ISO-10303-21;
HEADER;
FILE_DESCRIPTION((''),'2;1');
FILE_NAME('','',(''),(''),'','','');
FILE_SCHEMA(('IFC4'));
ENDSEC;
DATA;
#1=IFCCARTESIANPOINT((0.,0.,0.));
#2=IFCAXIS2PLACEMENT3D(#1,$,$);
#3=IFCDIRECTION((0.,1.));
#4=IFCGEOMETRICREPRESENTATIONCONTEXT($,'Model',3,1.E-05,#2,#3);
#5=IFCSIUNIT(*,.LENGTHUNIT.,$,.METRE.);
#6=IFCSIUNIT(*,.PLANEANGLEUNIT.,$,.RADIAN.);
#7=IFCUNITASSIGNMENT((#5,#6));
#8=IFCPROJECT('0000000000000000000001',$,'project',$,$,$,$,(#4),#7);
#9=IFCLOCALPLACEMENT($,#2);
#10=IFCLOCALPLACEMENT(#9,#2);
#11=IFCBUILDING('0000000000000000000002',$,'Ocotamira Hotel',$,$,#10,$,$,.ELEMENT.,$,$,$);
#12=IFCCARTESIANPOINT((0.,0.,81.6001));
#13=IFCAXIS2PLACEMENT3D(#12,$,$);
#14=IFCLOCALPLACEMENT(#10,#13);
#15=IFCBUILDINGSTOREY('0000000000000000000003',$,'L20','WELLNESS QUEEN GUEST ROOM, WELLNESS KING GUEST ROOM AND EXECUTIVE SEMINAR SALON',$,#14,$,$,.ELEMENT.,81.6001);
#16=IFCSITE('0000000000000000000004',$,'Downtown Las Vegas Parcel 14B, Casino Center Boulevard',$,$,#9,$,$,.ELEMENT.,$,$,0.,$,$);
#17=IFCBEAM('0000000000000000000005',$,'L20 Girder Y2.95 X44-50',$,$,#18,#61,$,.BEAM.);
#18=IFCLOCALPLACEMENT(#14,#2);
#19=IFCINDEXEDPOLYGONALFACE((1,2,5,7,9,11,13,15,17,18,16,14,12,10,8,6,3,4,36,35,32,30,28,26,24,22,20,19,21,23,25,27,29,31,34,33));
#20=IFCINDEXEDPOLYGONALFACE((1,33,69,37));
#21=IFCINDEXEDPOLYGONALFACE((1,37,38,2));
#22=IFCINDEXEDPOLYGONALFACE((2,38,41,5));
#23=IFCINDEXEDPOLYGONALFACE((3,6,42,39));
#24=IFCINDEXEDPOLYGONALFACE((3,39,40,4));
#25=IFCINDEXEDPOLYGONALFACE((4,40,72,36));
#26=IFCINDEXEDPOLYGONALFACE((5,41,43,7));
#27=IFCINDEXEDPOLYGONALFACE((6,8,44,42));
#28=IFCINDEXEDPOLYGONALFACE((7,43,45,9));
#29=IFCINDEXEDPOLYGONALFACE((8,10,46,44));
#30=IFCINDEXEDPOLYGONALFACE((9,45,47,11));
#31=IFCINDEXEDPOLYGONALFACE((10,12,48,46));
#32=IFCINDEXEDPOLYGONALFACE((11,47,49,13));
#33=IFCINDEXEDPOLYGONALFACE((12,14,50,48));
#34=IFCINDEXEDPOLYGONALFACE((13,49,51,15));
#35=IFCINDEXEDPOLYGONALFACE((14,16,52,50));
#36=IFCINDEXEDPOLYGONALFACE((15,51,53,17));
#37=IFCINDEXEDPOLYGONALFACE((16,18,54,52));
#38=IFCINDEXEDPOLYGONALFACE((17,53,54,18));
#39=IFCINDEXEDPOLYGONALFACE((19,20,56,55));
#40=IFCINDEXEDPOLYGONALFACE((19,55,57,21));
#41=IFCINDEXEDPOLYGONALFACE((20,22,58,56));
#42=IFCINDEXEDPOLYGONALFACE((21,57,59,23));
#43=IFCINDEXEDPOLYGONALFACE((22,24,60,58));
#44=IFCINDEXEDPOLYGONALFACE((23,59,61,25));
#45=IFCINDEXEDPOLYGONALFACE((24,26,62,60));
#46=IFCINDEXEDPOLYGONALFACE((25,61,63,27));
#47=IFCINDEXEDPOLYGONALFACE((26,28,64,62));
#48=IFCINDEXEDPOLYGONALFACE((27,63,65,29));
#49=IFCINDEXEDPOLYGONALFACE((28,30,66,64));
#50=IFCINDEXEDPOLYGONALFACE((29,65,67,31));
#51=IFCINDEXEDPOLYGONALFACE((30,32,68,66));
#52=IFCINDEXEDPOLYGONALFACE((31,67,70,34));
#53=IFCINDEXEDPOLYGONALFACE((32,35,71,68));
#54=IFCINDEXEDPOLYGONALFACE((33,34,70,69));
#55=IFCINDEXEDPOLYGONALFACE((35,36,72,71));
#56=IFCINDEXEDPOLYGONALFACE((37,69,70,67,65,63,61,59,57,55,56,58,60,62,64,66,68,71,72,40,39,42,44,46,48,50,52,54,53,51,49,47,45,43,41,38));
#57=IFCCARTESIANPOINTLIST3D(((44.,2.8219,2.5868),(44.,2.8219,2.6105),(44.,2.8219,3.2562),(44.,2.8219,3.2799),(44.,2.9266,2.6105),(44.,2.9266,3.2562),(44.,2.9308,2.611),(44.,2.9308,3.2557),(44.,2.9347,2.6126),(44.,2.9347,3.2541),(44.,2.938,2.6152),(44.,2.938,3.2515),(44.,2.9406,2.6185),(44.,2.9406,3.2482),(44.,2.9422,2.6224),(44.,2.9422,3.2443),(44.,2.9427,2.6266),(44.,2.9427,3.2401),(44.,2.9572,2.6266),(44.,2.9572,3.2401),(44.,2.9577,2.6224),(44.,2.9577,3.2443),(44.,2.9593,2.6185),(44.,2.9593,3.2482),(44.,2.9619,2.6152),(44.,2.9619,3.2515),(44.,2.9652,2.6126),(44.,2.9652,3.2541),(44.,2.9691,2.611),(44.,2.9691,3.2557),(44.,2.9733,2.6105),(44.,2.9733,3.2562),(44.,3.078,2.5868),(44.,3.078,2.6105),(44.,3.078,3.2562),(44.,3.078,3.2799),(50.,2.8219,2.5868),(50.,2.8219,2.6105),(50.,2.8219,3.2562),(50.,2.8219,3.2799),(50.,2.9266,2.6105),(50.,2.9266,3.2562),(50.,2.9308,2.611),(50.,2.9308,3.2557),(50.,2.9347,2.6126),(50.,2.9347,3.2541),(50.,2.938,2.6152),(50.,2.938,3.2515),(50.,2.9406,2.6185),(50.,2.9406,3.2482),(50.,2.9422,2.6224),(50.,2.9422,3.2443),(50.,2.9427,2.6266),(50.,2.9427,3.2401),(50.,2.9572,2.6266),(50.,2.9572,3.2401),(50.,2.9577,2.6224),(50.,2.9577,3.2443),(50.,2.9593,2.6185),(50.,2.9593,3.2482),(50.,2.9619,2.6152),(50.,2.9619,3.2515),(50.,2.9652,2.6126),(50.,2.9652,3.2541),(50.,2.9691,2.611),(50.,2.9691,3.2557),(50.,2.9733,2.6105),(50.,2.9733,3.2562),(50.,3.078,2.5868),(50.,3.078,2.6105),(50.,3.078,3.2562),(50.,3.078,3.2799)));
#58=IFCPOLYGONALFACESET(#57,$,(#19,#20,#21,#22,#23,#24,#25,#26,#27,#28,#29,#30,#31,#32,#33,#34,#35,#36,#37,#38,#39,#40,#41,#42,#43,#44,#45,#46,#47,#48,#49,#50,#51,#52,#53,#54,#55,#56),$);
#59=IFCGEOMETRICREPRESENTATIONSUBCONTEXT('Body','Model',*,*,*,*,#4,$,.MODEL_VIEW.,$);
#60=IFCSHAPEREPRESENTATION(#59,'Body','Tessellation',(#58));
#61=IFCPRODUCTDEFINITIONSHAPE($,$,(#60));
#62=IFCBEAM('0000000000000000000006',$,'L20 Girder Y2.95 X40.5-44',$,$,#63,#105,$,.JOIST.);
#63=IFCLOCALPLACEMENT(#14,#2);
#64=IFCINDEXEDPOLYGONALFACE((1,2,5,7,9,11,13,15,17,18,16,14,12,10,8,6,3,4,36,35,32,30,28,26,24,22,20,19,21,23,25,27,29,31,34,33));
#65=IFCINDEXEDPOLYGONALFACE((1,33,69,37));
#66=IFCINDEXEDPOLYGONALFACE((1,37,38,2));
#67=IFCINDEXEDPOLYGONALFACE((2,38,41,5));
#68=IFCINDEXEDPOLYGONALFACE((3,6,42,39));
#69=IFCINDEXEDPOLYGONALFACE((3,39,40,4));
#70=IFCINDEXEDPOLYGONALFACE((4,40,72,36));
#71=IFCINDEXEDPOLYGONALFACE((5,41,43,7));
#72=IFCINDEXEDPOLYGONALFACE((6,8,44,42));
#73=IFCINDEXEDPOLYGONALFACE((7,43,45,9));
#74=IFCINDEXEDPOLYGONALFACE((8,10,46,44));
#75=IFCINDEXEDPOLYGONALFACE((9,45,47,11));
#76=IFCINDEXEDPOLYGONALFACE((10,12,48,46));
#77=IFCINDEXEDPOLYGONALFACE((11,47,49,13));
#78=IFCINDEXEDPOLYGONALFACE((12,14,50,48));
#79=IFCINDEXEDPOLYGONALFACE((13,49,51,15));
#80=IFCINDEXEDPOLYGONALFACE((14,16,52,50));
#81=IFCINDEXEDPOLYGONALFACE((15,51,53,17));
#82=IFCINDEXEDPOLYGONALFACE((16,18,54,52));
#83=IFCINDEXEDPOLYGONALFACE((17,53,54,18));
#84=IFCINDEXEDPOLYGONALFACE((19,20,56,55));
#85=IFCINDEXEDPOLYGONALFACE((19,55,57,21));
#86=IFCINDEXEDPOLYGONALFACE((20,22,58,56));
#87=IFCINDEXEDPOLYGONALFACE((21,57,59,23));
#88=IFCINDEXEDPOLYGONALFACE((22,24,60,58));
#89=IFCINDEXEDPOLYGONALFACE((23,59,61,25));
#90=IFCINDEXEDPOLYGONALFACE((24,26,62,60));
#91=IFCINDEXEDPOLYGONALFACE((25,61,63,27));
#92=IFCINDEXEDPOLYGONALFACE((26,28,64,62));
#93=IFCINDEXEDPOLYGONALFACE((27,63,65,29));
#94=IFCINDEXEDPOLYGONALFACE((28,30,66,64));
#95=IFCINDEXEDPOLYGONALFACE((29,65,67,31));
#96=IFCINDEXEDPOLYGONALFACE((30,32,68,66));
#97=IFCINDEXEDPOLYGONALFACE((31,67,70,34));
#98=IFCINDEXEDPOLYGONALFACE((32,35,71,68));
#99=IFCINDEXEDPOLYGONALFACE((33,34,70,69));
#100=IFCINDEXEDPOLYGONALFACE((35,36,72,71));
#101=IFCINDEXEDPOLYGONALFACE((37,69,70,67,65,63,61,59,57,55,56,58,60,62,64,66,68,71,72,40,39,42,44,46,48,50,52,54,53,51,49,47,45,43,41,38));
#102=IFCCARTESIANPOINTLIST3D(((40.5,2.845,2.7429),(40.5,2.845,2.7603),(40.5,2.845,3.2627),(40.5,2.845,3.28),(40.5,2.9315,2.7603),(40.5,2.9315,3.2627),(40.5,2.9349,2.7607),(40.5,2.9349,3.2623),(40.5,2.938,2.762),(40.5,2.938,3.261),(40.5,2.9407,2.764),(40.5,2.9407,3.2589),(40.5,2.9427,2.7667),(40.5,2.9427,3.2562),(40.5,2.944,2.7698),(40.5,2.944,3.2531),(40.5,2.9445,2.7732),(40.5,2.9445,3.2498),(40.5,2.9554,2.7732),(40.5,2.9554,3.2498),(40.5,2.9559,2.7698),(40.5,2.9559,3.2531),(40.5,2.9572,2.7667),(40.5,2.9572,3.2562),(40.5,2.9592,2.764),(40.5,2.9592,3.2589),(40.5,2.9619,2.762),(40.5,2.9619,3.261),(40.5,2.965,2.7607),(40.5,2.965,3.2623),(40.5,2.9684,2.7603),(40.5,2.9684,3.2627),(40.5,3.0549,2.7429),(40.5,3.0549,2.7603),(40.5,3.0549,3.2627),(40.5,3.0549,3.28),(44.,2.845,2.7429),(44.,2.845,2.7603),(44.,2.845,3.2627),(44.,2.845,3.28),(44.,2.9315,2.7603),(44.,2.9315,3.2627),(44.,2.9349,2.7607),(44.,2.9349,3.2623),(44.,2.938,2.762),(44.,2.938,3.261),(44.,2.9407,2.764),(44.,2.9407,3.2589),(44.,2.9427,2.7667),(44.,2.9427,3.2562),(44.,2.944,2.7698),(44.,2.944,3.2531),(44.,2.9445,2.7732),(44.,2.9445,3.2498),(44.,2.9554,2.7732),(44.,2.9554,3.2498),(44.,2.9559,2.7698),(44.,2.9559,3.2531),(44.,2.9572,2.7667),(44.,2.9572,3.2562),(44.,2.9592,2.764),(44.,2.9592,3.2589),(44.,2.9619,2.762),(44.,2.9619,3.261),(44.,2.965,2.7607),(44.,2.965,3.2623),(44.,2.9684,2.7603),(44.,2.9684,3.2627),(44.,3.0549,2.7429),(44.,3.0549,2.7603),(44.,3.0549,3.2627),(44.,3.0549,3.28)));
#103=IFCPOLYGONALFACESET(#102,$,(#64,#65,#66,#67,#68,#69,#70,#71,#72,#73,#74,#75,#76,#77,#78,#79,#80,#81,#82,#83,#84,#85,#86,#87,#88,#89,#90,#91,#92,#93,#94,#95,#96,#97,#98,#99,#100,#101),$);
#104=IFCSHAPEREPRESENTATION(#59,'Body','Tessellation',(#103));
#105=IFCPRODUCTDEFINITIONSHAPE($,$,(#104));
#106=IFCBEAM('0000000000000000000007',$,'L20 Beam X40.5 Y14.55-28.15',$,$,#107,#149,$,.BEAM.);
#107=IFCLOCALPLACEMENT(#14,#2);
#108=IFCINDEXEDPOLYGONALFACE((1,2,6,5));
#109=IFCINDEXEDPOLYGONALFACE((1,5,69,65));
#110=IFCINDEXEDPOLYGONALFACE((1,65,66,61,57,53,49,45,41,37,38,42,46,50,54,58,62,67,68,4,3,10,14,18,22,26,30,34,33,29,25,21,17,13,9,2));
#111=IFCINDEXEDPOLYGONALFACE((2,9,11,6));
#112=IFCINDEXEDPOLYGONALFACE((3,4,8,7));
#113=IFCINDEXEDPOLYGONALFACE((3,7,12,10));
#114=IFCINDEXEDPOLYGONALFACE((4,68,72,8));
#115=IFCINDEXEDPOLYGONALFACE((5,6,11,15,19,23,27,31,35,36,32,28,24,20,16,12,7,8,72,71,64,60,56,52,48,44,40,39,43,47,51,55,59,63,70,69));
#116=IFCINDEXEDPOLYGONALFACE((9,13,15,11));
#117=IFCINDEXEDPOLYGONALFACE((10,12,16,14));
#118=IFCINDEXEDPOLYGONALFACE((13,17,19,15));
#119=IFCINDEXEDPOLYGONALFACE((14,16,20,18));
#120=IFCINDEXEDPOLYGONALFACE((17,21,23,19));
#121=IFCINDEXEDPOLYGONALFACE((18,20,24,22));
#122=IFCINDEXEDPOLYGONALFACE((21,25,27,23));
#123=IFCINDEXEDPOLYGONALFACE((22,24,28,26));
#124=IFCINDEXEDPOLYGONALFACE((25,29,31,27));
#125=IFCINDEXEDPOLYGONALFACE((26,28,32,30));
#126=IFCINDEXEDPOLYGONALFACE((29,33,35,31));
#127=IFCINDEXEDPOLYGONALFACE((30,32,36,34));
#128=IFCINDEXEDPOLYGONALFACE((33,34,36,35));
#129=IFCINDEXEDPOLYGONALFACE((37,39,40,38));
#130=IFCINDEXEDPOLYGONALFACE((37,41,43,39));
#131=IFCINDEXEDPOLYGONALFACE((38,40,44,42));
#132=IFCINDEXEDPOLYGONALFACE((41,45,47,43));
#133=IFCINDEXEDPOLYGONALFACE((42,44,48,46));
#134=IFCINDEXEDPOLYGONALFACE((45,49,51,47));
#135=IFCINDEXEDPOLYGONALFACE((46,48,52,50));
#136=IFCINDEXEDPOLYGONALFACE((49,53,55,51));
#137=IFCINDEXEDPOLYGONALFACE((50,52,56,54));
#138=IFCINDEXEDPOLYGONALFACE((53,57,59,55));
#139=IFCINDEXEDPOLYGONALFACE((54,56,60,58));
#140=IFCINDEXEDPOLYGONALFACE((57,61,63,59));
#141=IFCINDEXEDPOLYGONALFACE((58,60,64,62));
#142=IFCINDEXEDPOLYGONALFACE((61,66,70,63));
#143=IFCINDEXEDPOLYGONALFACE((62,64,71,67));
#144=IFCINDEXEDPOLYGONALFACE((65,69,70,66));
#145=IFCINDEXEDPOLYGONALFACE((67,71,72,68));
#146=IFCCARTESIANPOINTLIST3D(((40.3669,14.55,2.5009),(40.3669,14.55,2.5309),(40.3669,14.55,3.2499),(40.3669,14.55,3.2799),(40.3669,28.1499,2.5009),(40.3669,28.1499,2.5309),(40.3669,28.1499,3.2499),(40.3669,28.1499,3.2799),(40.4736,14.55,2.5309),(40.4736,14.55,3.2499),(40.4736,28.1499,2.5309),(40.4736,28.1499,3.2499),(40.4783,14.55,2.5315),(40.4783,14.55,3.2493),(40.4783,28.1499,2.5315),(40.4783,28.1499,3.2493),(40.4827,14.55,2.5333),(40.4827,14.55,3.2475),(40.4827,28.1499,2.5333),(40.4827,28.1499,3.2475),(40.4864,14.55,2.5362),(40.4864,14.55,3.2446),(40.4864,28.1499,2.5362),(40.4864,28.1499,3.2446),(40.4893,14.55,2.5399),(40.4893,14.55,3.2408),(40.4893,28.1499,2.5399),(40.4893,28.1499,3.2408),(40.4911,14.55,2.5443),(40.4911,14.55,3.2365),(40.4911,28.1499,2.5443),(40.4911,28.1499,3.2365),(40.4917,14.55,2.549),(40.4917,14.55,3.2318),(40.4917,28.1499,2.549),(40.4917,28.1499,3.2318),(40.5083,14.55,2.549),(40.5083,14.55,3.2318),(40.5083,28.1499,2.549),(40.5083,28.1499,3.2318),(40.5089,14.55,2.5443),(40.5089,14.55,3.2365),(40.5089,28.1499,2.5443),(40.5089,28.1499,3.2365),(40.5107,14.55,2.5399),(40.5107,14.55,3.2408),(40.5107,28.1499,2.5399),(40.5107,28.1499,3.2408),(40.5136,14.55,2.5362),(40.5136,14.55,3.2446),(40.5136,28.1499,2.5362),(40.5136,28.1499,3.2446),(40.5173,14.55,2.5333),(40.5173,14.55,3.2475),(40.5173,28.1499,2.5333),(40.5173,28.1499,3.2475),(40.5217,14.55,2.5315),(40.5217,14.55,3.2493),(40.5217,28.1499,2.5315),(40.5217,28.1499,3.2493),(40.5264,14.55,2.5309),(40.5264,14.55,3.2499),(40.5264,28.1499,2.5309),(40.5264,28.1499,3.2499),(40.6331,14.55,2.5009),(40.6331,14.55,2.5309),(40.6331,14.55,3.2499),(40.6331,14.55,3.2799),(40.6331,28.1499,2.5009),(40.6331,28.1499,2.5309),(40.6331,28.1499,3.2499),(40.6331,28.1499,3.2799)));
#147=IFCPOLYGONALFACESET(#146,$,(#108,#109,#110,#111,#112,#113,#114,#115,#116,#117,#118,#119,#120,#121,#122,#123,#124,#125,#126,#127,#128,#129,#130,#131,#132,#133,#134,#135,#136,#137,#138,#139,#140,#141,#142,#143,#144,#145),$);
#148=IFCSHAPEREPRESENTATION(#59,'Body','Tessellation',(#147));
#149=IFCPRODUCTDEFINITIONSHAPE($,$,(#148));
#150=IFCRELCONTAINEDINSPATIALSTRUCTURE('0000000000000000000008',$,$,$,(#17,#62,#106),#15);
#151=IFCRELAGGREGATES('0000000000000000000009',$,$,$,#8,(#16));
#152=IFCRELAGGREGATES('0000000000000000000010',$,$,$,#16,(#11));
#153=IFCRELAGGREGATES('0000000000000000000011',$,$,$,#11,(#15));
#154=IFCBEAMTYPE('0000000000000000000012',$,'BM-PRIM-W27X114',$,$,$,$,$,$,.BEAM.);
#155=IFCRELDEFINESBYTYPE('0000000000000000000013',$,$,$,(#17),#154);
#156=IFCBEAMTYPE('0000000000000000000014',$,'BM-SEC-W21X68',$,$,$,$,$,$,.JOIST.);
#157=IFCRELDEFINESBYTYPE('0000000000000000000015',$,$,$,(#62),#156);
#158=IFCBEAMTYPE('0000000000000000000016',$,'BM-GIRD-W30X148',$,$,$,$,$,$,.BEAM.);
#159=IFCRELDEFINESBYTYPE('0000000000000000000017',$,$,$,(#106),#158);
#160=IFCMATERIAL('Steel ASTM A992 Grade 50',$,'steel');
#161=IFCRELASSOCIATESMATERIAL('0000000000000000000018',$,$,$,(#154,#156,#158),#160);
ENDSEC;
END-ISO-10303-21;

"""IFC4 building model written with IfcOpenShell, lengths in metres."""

from ifc_helpers import new_model, si_unit, direction, frame, origin, origin_2d, place, context, subcontext, project, spatial, i_section, extrude, source, transform, mapped, material, material_profile, profile_set, type_object, element, save


model = new_model("IFC4")

# Units and contexts
model_context = context("Model", 3, precision=1e-05, world=origin(), true_north=direction((0.0, 1.0)))
body_context = subcontext(model_context, "Body", "Model", "MODEL_VIEW")
ifc_project = project(units=[si_unit("LENGTHUNIT", "METRE"), si_unit("PLANEANGLEUNIT", "RADIAN")], contexts=[model_context])

# Site, building, storey
site_placement = place(None, origin())
site = spatial("IfcSite", under=ifc_project, at=site_placement, Name="Downtown Las Vegas Parcel 14B, Casino Center Boulevard", CompositionType="ELEMENT", RefElevation=0.0)
building_placement = place(site_placement, origin())
building = spatial("IfcBuilding", under=site, at=building_placement, Name="Ocotamira Hotel", CompositionType="ELEMENT")
storey_placement = place(building_placement, frame((0.0, 0.0, 81.6001)))
storey = spatial("IfcBuildingStorey", under=building, at=storey_placement, Name="L20", Description="WELLNESS QUEEN GUEST ROOM, WELLNESS KING GUEST ROOM AND EXECUTIVE SEMINAR SALON", CompositionType="ELEMENT", Elevation=81.6001)

# Beams
ifc_material_1 = material(Name="Steel ASTM A992 Grade 50", Category="steel")
ifc_material_profile_1 = material_profile(ifc_material_1, i_section(OverallWidth=0.2561, OverallDepth=0.6931, WebThickness=0.0144, FlangeThickness=0.0237, FilletRadius=0.0161, at=origin_2d()), Name="W27X114")
ifc_profile_set_1 = profile_set([ifc_material_profile_1], Name="Steel ASTM A992 Grade 50")
beam_type_1 = type_object("IfcBeamType", Name="BM-PRIM-W27X114", PredefinedType="BEAM", material=ifc_profile_set_1)
shared_shape_1 = source(origin(), body_context, "Body", "SweptSolid", [
    extrude(i_section(OverallWidth=0.2561, OverallDepth=0.6931, WebThickness=0.0144, FlangeThickness=0.0237, FilletRadius=0.0161, at=origin_2d()), origin(), (0.0, 0.0, 1.0), 6.0),
])
beam_1_placement = place(storey_placement, frame((44.0, 2.95, 2.9333), z_axis=(1.0, 0.0, 0.0), x_axis=(0.0, 1.0, 0.0)))
element("IfcBeam", 1, at=beam_1_placement, inside=storey, type_object=beam_type_1, Name="L20 Girder Y2.95 X44-50", PredefinedType="BEAM", context=body_context, shape_type="MappedRepresentation", body=[
    mapped(shared_shape_1, transform((0.0, 0.0, 0.0), scale=1.0)),
])
ifc_material_profile_2 = material_profile(ifc_material_1, i_section(OverallWidth=0.21, OverallDepth=0.5371, WebThickness=0.011, FlangeThickness=0.0173, FilletRadius=0.0129, at=origin_2d()), Name="W21X68")
ifc_profile_set_2 = profile_set([ifc_material_profile_2], Name="Steel ASTM A992 Grade 50")
beam_type_2 = type_object("IfcBeamType", Name="BM-SEC-W21X68", PredefinedType="JOIST", material=ifc_profile_set_2)
shared_shape_2 = source(origin(), body_context, "Body", "SweptSolid", [
    extrude(i_section(OverallWidth=0.21, OverallDepth=0.5371, WebThickness=0.011, FlangeThickness=0.0173, FilletRadius=0.0129, at=origin_2d()), origin(), (0.0, 0.0, 1.0), 3.5),
])
beam_2_placement = place(storey_placement, frame((40.5, 2.95, 3.0115), z_axis=(1.0, 0.0, 0.0), x_axis=(0.0, 1.0, 0.0)))
element("IfcBeam", 2, at=beam_2_placement, inside=storey, type_object=beam_type_2, Name="L20 Girder Y2.95 X40.5-44", PredefinedType="JOIST", context=body_context, shape_type="MappedRepresentation", body=[
    mapped(shared_shape_2, transform((0.0, 0.0, 0.0), scale=1.0)),
])
ifc_material_profile_3 = material_profile(ifc_material_1, i_section(OverallWidth=0.2661, OverallDepth=0.7791, WebThickness=0.0166, FlangeThickness=0.03, FilletRadius=0.0181, at=origin_2d()), Name="W30X148")
ifc_profile_set_3 = profile_set([ifc_material_profile_3], Name="Steel ASTM A992 Grade 50")
beam_type_3 = type_object("IfcBeamType", Name="BM-GIRD-W30X148", PredefinedType="BEAM", material=ifc_profile_set_3)
shared_shape_3 = source(origin(), body_context, "Body", "SweptSolid", [
    extrude(i_section(OverallWidth=0.2661, OverallDepth=0.7791, WebThickness=0.0166, FlangeThickness=0.03, FilletRadius=0.0181, at=origin_2d()), origin(), (0.0, 0.0, 1.0), 13.5999),
])
beam_3_placement = place(storey_placement, frame((40.5, 14.55, 2.8904), z_axis=(0.0, 1.0, 0.0), x_axis=(-1.0, 0.0, 0.0)))
element("IfcBeam", 3, at=beam_3_placement, inside=storey, type_object=beam_type_3, Name="L20 Beam X40.5 Y14.55-28.15", PredefinedType="BEAM", context=body_context, shape_type="MappedRepresentation", body=[
    mapped(shared_shape_3, transform((0.0, 0.0, 0.0), scale=1.0)),
])

save(model, "model.ifc")
